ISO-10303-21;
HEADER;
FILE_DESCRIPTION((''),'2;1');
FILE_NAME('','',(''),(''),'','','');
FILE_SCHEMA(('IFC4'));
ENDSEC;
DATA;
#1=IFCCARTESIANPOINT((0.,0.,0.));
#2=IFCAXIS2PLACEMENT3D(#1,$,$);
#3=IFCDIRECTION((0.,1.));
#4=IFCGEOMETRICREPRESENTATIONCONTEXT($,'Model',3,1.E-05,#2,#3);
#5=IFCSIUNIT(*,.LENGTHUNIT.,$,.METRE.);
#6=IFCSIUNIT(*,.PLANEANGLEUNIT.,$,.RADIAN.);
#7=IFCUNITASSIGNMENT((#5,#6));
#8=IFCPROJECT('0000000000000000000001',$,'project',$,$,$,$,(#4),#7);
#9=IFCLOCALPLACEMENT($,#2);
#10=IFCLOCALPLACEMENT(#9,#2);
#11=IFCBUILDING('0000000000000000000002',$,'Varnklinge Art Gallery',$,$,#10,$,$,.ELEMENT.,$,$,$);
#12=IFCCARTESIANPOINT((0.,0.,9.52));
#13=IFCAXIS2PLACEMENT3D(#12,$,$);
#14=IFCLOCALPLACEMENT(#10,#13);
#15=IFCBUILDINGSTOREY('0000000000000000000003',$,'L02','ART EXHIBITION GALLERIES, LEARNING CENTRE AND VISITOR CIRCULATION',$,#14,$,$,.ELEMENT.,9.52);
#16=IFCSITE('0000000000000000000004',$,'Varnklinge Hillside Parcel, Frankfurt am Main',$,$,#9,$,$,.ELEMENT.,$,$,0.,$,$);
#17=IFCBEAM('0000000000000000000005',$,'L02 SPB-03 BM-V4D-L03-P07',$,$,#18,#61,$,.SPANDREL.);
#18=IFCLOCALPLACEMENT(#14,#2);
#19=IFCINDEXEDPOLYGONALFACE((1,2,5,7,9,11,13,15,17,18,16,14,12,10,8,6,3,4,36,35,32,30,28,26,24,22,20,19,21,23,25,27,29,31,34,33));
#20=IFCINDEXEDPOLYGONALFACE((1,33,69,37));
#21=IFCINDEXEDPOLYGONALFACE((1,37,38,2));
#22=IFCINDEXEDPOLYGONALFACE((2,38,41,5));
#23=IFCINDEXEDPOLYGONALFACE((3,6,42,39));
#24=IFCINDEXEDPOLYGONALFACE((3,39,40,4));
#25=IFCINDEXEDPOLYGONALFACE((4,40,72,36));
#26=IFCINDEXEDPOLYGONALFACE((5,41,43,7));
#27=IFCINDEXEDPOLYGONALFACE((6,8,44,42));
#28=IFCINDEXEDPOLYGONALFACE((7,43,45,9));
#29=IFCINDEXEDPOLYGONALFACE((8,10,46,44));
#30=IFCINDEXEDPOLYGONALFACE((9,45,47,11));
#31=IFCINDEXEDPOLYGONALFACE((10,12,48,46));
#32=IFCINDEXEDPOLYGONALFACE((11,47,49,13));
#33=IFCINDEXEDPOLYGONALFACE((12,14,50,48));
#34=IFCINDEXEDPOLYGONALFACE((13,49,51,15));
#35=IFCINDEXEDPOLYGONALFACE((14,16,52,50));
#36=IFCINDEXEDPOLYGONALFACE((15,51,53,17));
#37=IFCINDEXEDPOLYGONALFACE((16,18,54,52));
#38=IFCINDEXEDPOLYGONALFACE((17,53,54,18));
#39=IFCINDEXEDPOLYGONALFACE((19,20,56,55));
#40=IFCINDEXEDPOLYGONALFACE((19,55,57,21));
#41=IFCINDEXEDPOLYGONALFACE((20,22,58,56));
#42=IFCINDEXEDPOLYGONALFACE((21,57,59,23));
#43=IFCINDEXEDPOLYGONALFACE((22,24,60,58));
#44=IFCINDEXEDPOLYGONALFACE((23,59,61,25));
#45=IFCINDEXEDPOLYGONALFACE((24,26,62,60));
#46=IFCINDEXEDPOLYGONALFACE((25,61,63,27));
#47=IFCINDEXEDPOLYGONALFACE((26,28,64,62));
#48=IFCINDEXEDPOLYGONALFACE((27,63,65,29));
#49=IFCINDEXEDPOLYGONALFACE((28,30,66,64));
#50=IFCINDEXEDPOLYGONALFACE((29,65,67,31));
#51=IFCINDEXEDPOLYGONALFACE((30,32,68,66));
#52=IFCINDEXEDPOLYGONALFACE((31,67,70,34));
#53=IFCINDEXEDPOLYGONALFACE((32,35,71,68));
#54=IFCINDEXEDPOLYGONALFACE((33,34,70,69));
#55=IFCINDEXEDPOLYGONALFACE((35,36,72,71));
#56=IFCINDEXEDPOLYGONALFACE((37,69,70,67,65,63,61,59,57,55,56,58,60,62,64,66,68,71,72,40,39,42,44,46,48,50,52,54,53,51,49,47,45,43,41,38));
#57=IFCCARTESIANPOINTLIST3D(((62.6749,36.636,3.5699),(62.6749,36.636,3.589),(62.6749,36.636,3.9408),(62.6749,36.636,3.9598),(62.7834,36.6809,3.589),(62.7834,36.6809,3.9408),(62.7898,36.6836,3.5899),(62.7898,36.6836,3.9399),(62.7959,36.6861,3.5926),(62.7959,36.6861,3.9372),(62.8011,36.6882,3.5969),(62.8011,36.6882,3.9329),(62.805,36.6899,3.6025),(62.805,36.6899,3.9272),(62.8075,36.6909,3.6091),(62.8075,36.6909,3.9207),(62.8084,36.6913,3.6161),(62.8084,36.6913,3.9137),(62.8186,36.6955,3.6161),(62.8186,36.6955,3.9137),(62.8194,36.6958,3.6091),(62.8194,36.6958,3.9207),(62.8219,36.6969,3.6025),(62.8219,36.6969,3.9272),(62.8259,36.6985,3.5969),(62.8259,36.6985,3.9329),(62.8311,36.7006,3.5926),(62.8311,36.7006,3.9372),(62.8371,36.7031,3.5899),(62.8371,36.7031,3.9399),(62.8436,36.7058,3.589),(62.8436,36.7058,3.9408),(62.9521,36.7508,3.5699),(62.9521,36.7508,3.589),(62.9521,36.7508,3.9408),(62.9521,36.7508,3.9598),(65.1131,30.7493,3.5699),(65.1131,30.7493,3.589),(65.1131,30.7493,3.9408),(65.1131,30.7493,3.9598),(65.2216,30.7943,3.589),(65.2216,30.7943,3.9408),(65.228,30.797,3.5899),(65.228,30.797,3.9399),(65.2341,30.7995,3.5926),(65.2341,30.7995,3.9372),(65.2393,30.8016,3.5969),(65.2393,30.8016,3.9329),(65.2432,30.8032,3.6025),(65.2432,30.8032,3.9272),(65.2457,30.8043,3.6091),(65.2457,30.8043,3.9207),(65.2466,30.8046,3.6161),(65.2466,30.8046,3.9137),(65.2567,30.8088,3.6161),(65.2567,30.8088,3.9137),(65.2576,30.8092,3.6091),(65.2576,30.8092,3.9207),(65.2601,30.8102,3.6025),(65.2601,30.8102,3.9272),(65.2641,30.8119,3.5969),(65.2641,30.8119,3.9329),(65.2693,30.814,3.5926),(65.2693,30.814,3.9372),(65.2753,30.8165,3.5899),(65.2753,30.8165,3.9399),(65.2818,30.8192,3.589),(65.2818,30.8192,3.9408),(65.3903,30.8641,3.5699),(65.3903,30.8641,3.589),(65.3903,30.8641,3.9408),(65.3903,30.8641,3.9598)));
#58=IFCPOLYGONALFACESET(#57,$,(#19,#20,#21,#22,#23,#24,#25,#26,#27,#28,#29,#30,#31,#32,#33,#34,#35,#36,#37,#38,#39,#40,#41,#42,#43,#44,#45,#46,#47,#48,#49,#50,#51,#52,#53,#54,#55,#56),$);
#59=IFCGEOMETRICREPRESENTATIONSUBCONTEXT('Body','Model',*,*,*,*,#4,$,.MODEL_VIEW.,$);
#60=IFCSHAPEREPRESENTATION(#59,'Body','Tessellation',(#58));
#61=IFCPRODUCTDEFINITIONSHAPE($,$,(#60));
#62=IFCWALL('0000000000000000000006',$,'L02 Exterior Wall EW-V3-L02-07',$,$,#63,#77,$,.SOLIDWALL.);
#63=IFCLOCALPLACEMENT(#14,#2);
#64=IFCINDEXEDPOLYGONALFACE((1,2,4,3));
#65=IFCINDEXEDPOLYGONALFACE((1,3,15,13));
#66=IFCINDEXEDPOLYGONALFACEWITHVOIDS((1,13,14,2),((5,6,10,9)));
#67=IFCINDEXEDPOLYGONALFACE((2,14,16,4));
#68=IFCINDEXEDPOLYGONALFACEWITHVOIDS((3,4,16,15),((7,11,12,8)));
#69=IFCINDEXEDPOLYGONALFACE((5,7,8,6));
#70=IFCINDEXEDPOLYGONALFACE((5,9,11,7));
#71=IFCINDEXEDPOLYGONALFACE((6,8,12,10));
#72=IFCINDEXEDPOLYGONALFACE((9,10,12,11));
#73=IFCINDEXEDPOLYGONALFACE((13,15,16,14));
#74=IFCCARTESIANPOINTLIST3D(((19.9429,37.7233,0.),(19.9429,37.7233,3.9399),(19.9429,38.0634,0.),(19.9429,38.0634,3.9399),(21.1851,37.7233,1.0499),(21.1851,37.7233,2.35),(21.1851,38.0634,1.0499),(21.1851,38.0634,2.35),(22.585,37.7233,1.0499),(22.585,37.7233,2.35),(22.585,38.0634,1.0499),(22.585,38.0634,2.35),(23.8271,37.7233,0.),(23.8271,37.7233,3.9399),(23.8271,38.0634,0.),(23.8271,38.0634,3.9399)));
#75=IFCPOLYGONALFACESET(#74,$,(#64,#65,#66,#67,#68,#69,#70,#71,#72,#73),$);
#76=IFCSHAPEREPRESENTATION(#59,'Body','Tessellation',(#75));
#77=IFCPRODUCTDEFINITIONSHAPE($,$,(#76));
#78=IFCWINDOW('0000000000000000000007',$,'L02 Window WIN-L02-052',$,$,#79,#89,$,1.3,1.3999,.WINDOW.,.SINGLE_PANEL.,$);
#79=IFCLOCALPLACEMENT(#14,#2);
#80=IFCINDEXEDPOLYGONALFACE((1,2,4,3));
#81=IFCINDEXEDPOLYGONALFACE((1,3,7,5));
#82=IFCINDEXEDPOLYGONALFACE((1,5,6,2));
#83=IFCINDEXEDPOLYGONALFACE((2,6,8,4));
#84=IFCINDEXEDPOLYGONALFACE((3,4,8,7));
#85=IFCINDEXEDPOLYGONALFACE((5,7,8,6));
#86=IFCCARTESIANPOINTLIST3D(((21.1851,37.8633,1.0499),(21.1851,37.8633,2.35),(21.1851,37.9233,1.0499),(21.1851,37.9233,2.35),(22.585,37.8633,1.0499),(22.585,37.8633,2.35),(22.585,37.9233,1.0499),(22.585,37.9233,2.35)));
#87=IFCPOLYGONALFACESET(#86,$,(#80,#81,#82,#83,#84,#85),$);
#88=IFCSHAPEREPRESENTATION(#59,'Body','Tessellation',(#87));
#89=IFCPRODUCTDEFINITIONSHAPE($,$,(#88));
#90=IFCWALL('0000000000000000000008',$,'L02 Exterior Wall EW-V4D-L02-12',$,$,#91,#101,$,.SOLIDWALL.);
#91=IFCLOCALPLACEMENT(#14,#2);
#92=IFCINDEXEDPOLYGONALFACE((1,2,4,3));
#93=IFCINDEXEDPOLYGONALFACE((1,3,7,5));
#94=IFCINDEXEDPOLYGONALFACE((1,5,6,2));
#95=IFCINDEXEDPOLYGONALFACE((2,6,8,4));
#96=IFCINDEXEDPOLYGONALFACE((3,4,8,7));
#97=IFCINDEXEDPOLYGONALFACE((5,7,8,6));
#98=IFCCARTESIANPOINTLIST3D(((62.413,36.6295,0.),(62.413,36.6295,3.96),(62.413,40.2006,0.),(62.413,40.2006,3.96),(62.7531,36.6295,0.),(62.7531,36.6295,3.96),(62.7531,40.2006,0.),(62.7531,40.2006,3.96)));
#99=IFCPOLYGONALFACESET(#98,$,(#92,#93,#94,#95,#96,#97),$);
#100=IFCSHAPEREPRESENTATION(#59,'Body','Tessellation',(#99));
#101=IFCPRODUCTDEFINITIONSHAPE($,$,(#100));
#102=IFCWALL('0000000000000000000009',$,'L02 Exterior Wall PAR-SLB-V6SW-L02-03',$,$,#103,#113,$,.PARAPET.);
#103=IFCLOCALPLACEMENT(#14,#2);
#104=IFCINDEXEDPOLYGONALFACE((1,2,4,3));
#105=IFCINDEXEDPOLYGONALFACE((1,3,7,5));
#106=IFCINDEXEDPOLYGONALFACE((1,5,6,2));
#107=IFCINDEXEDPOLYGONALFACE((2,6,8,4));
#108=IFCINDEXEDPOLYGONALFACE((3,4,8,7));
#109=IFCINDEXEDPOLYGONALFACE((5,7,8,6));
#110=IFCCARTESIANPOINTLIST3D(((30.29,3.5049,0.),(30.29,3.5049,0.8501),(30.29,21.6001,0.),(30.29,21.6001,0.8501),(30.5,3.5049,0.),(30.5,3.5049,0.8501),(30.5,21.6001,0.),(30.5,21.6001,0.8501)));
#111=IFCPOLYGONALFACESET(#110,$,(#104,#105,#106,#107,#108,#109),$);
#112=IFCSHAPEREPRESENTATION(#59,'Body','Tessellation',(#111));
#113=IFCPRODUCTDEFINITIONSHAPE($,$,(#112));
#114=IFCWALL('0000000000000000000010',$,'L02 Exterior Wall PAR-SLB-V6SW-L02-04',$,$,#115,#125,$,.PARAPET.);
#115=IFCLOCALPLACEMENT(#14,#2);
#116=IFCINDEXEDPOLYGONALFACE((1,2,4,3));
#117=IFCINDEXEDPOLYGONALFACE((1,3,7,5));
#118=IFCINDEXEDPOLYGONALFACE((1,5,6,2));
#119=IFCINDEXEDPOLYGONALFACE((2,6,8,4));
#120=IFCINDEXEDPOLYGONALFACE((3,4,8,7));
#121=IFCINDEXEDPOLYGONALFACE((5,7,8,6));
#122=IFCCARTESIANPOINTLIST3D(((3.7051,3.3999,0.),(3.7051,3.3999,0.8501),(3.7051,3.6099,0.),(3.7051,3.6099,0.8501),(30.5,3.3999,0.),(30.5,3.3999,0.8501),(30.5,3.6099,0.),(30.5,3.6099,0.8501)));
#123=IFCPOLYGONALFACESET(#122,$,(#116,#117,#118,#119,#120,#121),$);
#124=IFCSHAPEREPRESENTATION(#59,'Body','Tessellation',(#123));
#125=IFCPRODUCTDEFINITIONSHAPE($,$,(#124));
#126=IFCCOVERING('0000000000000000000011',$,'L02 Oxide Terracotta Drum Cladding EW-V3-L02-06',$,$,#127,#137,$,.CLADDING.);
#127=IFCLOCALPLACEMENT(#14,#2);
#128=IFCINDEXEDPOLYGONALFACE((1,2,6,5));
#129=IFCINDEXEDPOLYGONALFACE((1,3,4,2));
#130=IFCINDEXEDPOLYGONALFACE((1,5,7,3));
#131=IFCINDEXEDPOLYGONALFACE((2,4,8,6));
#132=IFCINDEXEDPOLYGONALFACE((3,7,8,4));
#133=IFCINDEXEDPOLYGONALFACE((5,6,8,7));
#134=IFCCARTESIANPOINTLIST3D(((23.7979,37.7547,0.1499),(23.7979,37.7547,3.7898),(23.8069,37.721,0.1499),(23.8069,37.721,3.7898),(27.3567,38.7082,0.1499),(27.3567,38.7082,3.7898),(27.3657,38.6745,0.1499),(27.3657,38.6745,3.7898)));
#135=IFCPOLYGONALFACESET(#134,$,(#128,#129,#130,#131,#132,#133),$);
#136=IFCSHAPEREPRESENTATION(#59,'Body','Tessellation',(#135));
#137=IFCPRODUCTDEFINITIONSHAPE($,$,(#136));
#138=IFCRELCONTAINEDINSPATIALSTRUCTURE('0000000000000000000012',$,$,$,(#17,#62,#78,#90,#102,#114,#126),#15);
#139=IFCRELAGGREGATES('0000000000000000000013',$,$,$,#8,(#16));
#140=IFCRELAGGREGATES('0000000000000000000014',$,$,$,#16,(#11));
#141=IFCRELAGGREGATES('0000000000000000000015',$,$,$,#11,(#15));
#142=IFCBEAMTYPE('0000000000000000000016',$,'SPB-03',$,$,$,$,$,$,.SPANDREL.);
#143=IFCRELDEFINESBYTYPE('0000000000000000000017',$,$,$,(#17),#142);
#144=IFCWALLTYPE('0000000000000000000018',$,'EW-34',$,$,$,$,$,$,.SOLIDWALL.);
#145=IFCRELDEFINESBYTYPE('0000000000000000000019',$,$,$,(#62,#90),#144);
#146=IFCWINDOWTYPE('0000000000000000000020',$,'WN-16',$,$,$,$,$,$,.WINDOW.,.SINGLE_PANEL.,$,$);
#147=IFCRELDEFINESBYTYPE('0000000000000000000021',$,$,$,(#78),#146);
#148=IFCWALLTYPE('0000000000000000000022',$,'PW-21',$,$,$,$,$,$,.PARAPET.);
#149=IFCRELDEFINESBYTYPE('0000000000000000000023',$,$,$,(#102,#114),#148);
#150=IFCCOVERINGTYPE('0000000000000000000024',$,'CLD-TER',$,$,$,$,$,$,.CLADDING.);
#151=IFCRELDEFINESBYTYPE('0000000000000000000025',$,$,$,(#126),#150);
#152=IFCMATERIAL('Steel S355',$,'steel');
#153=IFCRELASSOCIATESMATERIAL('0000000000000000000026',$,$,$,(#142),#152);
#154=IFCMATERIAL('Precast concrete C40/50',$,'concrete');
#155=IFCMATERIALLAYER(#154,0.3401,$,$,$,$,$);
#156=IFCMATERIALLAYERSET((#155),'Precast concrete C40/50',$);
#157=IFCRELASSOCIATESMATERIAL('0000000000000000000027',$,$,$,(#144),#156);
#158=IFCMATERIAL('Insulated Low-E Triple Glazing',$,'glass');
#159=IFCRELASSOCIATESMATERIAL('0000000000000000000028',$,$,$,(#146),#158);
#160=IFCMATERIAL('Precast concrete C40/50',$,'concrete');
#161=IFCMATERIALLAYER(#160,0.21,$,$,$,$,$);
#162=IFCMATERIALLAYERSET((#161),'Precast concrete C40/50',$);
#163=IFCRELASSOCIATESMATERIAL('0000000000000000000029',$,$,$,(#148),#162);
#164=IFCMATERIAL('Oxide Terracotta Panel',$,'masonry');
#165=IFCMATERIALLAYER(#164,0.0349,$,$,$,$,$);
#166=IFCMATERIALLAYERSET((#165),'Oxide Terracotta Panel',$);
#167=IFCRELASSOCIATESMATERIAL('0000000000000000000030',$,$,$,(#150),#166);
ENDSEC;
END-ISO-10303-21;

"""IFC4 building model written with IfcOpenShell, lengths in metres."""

from ifc_helpers import new_model, si_unit, direction, frame, frame_2d, origin, origin_2d, place, context, subcontext, project, spatial, rectangle, i_section, extrude, material, layer, layer_set, material_profile, profile_set, type_object, element, fill, save


model = new_model("IFC4")

# Units and contexts
model_context = context("Model", 3, precision=1e-05, world=origin(), true_north=direction((0.0, 1.0)))
body_context = subcontext(model_context, "Body", "Model", "MODEL_VIEW")
ifc_project = project(units=[si_unit("LENGTHUNIT", "METRE"), si_unit("PLANEANGLEUNIT", "RADIAN")], contexts=[model_context])

# Site, building, storey
site_placement = place(None, origin())
site = spatial("IfcSite", under=ifc_project, at=site_placement, Name="Varnklinge Hillside Parcel, Frankfurt am Main", CompositionType="ELEMENT", RefElevation=0.0)
building_placement = place(site_placement, origin())
building = spatial("IfcBuilding", under=site, at=building_placement, Name="Varnklinge Art Gallery", CompositionType="ELEMENT")
storey_placement = place(building_placement, frame((0.0, 0.0, 9.52)))
storey = spatial("IfcBuildingStorey", under=building, at=storey_placement, Name="L02", Description="ART EXHIBITION GALLERIES, LEARNING CENTRE AND VISITOR CIRCULATION", CompositionType="ELEMENT", Elevation=9.52)

# Beam
ifc_material_1 = material(Name="Steel S355", Category="steel")
ifc_material_profile_1 = material_profile(ifc_material_1, i_section(OverallWidth=0.3, OverallDepth=0.3899, WebThickness=0.011, FlangeThickness=0.019, FilletRadius=0.0271, at=origin_2d()), Name="HEA 400")
ifc_profile_set_1 = profile_set([ifc_material_profile_1], Name="Steel S355")
beam_type_1 = type_object("IfcBeamType", Name="SPB-03", PredefinedType="SPANDREL", material=ifc_profile_set_1)
beam_1_placement = place(storey_placement, frame((62.8135, 36.6934, 3.7649), z_axis=(0.382667, -0.923887, 0.0), x_axis=(0.923887, 0.382667, 0.0)))
element("IfcBeam", 1, at=beam_1_placement, inside=storey, type_object=beam_type_1, Name="L02 SPB-03 BM-V4D-L03-P07", PredefinedType="SPANDREL", context=body_context, shape_type="SweptSolid", body=[
    extrude(i_section(OverallWidth=0.3, OverallDepth=0.3899, WebThickness=0.011, FlangeThickness=0.019, FilletRadius=0.0271, at=origin_2d()), origin(), (0.0, 0.0, 1.0), 6.3716),
])

# Wall, opening, window
ifc_material_2 = material(Name="Precast concrete C40/50", Category="concrete")
ifc_layer_1 = layer(ifc_material_2, 0.3401)
ifc_layer_set_1 = layer_set([ifc_layer_1], Name="Precast concrete C40/50")
wall_type_1 = type_object("IfcWallType", Name="EW-34", PredefinedType="SOLIDWALL", material=ifc_layer_set_1)
wall_1_placement = place(storey_placement, frame((23.8271, 37.8933, 0.0), z_axis=(0.0, 0.0, 1.0), x_axis=(-1.0, 0.0, 0.0)))
wall_1 = element("IfcWall", 2, at=wall_1_placement, inside=storey, type_object=wall_type_1, Name="L02 Exterior Wall EW-V3-L02-07", PredefinedType="SOLIDWALL", context=body_context, shape_type="SweptSolid", body=[
    extrude(rectangle(XDim=3.8843, YDim=0.3401, at=frame_2d((1.9421, 0.0))), origin(), (0.0, 0.0, 1.0), 3.9399),
])
opening_placement = place(wall_1_placement, frame((1.2422, 0.0, 1.05)))
opening = element("IfcOpeningElement", 3, at=opening_placement, cuts=wall_1, PredefinedType="OPENING", context=body_context, shape_type="SweptSolid", body=[
    extrude(rectangle(XDim=1.3999, YDim=1.3, at=frame_2d((0.7, 0.6499))), frame((0.0, 0.1799, 0.0), z_axis=(0.0, -1.0, 0.0), x_axis=(1.0, 0.0, 0.0)), (0.0, 0.0, 1.0), 0.3601),
])
ifc_material_3 = material(Name="Insulated Low-E Triple Glazing", Category="glass")
window_type = type_object("IfcWindowType", Name="WN-16", PartitioningType="SINGLE_PANEL", PredefinedType="WINDOW", material=ifc_material_3)
window_placement = place(opening_placement, origin())
window = element("IfcWindow", 4, at=window_placement, inside=storey, type_object=window_type, Name="L02 Window WIN-L02-052", OverallHeight=1.3, OverallWidth=1.3999, PartitioningType="SINGLE_PANEL", PredefinedType="WINDOW", context=body_context, shape_type="SweptSolid", body=[
    extrude(rectangle(XDim=1.3999, YDim=1.3, at=frame_2d((0.7, 0.6499))), frame((0.0, 0.03, 0.0), z_axis=(0.0, -1.0, 0.0), x_axis=(1.0, 0.0, 0.0)), (0.0, 0.0, 1.0), 0.0601),
])
fill(opening, window)

# Walls
wall_2_placement = place(storey_placement, frame((62.583, 36.6294, 0.0), z_axis=(0.0, 0.0, 1.0), x_axis=(0.0, 1.0, 0.0)))
element("IfcWall", 5, at=wall_2_placement, inside=storey, type_object=wall_type_1, Name="L02 Exterior Wall EW-V4D-L02-12", PredefinedType="SOLIDWALL", context=body_context, shape_type="SweptSolid", body=[
    extrude(rectangle(XDim=3.571, YDim=0.3401, at=frame_2d((1.7856, 0.0))), origin(), (0.0, 0.0, 1.0), 3.96),
])
ifc_material_4 = material(Name="Precast concrete C40/50", Category="concrete")
ifc_layer_2 = layer(ifc_material_4, 0.21)
ifc_layer_set_2 = layer_set([ifc_layer_2], Name="Precast concrete C40/50")
wall_type_2 = type_object("IfcWallType", Name="PW-21", PredefinedType="PARAPET", material=ifc_layer_set_2)
wall_3_placement = place(storey_placement, frame((30.395, 21.6001, 0.0), z_axis=(0.0, 0.0, 1.0), x_axis=(0.0, -1.0, 0.0)))
element("IfcWall", 6, at=wall_3_placement, inside=storey, type_object=wall_type_2, Name="L02 Exterior Wall PAR-SLB-V6SW-L02-03", PredefinedType="PARAPET", context=body_context, shape_type="SweptSolid", body=[
    extrude(rectangle(XDim=18.0952, YDim=0.21, at=frame_2d((9.0476, 0.0))), origin(), (0.0, 0.0, 1.0), 0.8501),
])
wall_4_placement = place(storey_placement, frame((30.5, 3.5049, 0.0), z_axis=(0.0, 0.0, 1.0), x_axis=(-1.0, 0.0, 0.0)))
element("IfcWall", 7, at=wall_4_placement, inside=storey, type_object=wall_type_2, Name="L02 Exterior Wall PAR-SLB-V6SW-L02-04", PredefinedType="PARAPET", context=body_context, shape_type="SweptSolid", body=[
    extrude(rectangle(XDim=26.7949, YDim=0.21, at=frame_2d((13.3975, 0.0))), origin(), (0.0, 0.0, 1.0), 0.8501),
])

# Covering
ifc_material_5 = material(Name="Oxide Terracotta Panel", Category="masonry")
ifc_layer_3 = layer(ifc_material_5, 0.0349)
ifc_layer_set_3 = layer_set([ifc_layer_3], Name="Oxide Terracotta Panel")
covering_type = type_object("IfcCoveringType", Name="CLD-TER", PredefinedType="CLADDING", material=ifc_layer_set_3)
covering_placement = place(storey_placement, frame((25.5818, 38.2146, 0.1499), z_axis=(0.0, 0.0, 1.0), x_axis=(-0.965926, -0.258819, 0.0)))
element("IfcCovering", 8, at=covering_placement, inside=storey, type_object=covering_type, Name="L02 Oxide Terracotta Drum Cladding EW-V3-L02-06", PredefinedType="CLADDING", context=body_context, shape_type="SweptSolid", body=[
    extrude(rectangle(XDim=3.6843, YDim=0.0349, at=origin_2d()), origin(), (0.0, 0.0, 1.0), 3.6399),
])

save(model, "model.ifc")
